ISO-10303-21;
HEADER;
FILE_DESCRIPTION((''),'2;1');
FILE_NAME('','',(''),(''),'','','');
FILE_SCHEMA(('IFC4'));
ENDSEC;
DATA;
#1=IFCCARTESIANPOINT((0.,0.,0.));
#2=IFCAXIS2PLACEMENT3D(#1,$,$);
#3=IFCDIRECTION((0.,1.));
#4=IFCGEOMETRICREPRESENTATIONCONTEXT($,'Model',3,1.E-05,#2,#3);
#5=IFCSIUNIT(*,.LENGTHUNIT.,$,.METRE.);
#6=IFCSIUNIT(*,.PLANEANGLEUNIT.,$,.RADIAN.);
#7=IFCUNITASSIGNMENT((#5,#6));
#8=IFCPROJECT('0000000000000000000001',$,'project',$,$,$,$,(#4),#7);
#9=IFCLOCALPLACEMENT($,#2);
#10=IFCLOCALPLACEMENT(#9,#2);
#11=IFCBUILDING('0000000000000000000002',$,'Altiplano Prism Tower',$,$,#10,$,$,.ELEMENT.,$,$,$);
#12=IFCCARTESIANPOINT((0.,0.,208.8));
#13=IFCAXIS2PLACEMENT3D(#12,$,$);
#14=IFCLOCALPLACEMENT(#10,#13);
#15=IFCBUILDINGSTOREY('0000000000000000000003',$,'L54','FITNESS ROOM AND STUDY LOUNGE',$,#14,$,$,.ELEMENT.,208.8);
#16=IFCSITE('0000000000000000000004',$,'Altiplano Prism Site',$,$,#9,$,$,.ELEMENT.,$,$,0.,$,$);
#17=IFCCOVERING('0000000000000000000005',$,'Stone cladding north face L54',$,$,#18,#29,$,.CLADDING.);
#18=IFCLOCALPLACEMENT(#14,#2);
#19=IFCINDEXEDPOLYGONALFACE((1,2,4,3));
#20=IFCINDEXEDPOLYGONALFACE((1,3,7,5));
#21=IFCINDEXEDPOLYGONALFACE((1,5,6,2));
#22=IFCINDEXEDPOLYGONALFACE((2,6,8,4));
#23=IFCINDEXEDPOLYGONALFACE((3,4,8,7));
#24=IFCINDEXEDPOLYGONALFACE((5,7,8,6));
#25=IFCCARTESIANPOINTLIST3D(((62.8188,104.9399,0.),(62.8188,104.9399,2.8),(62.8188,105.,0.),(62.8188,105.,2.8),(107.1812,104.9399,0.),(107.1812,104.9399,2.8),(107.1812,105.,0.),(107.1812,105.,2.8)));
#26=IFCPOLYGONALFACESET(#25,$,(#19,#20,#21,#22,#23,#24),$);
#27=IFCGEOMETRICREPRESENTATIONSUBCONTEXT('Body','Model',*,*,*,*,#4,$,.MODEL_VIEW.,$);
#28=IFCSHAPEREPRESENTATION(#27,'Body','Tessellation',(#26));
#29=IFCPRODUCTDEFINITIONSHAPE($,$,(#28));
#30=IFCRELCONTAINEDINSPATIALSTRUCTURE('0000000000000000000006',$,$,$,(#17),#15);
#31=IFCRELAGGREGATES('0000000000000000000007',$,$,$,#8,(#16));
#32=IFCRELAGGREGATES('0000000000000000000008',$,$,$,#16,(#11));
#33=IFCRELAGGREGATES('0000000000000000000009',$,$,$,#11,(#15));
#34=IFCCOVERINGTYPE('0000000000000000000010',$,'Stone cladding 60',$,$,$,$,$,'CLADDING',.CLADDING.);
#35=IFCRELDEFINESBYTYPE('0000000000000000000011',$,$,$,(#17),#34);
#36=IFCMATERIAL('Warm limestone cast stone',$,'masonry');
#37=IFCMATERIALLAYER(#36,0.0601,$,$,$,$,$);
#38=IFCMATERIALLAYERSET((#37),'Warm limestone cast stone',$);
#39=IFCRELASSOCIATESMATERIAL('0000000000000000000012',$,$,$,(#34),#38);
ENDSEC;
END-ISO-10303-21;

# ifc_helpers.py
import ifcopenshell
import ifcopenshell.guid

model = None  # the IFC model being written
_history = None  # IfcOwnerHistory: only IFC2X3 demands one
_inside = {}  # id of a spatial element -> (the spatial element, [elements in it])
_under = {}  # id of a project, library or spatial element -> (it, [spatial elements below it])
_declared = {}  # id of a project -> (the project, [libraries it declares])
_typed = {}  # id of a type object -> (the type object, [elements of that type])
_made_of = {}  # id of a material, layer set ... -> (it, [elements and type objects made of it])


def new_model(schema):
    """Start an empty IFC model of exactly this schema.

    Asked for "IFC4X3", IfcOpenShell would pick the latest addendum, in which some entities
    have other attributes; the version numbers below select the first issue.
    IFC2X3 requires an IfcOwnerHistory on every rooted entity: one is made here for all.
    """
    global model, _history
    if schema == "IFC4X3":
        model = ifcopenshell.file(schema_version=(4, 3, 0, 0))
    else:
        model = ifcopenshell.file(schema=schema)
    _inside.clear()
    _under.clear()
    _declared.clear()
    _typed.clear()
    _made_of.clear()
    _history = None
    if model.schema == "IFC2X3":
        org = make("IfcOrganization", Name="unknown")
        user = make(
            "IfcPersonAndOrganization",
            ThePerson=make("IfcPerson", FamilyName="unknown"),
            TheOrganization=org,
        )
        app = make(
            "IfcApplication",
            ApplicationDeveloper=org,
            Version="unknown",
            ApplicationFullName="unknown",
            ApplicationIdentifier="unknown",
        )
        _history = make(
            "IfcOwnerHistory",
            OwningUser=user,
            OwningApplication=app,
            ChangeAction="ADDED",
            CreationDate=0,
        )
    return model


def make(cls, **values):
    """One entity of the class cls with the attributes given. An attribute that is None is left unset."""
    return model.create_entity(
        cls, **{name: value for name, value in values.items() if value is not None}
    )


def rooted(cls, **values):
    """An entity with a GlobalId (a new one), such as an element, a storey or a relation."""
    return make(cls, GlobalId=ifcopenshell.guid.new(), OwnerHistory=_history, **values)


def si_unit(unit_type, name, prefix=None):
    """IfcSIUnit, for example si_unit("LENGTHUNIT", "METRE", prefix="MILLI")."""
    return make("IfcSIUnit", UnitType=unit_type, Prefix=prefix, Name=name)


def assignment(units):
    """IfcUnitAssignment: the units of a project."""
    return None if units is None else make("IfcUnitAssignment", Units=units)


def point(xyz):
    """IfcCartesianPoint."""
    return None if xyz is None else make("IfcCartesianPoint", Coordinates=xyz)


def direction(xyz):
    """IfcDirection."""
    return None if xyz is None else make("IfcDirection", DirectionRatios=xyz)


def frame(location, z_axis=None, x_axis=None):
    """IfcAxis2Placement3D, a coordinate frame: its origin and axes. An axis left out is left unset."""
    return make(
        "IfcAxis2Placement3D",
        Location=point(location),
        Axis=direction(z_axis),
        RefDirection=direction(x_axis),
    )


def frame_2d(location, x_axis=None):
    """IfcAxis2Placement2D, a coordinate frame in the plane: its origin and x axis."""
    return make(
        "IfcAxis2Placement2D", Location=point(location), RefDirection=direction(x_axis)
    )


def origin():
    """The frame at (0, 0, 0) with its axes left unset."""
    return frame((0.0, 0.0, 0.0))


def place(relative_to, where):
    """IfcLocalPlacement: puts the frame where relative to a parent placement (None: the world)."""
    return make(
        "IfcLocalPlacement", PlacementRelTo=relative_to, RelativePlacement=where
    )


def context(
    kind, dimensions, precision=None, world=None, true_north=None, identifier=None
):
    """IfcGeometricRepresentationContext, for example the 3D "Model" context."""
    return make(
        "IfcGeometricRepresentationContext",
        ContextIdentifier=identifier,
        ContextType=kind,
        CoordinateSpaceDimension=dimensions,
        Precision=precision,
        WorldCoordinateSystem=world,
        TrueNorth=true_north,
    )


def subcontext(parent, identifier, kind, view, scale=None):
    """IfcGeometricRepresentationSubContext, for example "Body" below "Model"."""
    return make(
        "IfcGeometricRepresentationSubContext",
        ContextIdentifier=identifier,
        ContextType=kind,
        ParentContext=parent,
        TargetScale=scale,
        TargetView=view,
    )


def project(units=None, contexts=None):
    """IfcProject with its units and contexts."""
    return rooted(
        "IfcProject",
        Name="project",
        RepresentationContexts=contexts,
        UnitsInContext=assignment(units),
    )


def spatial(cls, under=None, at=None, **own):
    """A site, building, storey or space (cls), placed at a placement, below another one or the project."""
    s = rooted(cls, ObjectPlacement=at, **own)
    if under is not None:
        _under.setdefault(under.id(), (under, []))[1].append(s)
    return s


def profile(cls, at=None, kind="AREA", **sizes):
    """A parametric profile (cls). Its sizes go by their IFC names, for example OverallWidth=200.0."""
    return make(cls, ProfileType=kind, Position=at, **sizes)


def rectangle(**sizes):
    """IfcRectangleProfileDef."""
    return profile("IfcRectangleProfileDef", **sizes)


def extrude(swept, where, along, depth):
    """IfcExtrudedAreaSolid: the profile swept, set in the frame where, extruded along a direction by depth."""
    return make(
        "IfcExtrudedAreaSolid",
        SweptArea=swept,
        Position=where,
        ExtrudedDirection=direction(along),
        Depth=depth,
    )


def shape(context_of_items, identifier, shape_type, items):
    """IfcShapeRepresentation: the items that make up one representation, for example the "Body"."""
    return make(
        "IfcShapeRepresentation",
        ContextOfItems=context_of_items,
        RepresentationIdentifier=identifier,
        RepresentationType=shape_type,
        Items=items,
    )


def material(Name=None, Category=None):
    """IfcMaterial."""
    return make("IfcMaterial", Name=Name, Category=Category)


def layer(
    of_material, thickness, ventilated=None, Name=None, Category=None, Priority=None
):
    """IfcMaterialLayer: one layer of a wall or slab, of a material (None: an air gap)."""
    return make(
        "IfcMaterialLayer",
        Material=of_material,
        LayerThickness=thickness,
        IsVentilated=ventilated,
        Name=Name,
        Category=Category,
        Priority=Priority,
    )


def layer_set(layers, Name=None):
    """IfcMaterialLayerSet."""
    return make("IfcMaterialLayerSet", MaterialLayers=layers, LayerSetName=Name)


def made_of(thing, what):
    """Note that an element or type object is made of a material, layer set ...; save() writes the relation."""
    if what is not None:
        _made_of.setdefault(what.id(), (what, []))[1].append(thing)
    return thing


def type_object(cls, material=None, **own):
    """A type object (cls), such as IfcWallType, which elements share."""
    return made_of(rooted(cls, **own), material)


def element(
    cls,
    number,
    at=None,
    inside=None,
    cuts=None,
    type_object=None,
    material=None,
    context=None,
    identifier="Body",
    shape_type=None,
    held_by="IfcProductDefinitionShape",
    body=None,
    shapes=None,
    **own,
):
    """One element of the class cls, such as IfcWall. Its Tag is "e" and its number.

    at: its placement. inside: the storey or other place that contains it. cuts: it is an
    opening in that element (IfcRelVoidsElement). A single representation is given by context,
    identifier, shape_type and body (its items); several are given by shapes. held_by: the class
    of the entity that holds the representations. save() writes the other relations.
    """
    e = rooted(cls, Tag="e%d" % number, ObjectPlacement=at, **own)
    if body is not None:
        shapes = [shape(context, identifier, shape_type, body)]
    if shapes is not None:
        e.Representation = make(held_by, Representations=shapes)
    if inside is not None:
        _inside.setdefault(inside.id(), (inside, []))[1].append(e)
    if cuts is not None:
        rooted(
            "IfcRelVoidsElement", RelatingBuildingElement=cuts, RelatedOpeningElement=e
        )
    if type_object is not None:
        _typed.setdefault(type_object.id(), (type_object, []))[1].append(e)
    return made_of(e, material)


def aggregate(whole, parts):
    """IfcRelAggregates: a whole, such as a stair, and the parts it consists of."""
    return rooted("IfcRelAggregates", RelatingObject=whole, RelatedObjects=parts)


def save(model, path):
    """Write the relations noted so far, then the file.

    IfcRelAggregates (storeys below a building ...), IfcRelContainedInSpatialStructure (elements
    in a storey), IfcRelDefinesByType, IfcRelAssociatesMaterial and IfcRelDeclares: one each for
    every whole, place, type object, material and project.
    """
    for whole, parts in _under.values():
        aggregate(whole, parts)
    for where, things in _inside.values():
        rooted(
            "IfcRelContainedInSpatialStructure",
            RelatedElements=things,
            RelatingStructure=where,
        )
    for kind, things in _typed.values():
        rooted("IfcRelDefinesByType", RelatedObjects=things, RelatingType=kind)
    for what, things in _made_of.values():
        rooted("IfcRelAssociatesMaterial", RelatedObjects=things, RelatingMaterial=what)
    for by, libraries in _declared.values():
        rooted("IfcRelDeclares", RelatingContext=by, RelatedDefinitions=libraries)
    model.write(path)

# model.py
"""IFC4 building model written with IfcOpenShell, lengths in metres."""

from ifc_helpers import new_model, si_unit, direction, frame, frame_2d, origin, place, context, subcontext, project, spatial, rectangle, extrude, material, layer, layer_set, type_object, element, save


model = new_model("IFC4")

# Units and contexts
model_context = context("Model", 3, precision=1e-05, world=origin(), true_north=direction((0.0, 1.0)))
body_context = subcontext(model_context, "Body", "Model", "MODEL_VIEW")
ifc_project = project(units=[si_unit("LENGTHUNIT", "METRE"), si_unit("PLANEANGLEUNIT", "RADIAN")], contexts=[model_context])

# Site, building, storey
site_placement = place(None, origin())
site = spatial("IfcSite", under=ifc_project, at=site_placement, Name="Altiplano Prism Site", CompositionType="ELEMENT", RefElevation=0.0)
building_placement = place(site_placement, origin())
building = spatial("IfcBuilding", under=site, at=building_placement, Name="Altiplano Prism Tower", CompositionType="ELEMENT")
storey_placement = place(building_placement, frame((0.0, 0.0, 208.8)))
storey = spatial("IfcBuildingStorey", under=building, at=storey_placement, Name="L54", Description="FITNESS ROOM AND STUDY LOUNGE", CompositionType="ELEMENT", Elevation=208.8)

# Covering
ifc_material_1 = material(Name="Warm limestone cast stone", Category="masonry")
ifc_layer_1 = layer(ifc_material_1, 0.0601)
ifc_layer_set_1 = layer_set([ifc_layer_1], Name="Warm limestone cast stone")
covering_type = type_object("IfcCoveringType", Name="Stone cladding 60", ElementType="CLADDING", PredefinedType="CLADDING", material=ifc_layer_set_1)
covering_placement = place(storey_placement, frame((62.8188, 104.97, 0.0), z_axis=(0.0, 0.0, 1.0), x_axis=(1.0, 0.0, 0.0)))
element("IfcCovering", 1, at=covering_placement, inside=storey, type_object=covering_type, Name="Stone cladding north face L54", PredefinedType="CLADDING", context=body_context, shape_type="SweptSolid", body=[
    extrude(rectangle(XDim=44.3623, YDim=0.0601, at=frame_2d((22.1812, 0.0))), origin(), (0.0, 0.0, 1.0), 2.8),
])

save(model, "model.ifc")
